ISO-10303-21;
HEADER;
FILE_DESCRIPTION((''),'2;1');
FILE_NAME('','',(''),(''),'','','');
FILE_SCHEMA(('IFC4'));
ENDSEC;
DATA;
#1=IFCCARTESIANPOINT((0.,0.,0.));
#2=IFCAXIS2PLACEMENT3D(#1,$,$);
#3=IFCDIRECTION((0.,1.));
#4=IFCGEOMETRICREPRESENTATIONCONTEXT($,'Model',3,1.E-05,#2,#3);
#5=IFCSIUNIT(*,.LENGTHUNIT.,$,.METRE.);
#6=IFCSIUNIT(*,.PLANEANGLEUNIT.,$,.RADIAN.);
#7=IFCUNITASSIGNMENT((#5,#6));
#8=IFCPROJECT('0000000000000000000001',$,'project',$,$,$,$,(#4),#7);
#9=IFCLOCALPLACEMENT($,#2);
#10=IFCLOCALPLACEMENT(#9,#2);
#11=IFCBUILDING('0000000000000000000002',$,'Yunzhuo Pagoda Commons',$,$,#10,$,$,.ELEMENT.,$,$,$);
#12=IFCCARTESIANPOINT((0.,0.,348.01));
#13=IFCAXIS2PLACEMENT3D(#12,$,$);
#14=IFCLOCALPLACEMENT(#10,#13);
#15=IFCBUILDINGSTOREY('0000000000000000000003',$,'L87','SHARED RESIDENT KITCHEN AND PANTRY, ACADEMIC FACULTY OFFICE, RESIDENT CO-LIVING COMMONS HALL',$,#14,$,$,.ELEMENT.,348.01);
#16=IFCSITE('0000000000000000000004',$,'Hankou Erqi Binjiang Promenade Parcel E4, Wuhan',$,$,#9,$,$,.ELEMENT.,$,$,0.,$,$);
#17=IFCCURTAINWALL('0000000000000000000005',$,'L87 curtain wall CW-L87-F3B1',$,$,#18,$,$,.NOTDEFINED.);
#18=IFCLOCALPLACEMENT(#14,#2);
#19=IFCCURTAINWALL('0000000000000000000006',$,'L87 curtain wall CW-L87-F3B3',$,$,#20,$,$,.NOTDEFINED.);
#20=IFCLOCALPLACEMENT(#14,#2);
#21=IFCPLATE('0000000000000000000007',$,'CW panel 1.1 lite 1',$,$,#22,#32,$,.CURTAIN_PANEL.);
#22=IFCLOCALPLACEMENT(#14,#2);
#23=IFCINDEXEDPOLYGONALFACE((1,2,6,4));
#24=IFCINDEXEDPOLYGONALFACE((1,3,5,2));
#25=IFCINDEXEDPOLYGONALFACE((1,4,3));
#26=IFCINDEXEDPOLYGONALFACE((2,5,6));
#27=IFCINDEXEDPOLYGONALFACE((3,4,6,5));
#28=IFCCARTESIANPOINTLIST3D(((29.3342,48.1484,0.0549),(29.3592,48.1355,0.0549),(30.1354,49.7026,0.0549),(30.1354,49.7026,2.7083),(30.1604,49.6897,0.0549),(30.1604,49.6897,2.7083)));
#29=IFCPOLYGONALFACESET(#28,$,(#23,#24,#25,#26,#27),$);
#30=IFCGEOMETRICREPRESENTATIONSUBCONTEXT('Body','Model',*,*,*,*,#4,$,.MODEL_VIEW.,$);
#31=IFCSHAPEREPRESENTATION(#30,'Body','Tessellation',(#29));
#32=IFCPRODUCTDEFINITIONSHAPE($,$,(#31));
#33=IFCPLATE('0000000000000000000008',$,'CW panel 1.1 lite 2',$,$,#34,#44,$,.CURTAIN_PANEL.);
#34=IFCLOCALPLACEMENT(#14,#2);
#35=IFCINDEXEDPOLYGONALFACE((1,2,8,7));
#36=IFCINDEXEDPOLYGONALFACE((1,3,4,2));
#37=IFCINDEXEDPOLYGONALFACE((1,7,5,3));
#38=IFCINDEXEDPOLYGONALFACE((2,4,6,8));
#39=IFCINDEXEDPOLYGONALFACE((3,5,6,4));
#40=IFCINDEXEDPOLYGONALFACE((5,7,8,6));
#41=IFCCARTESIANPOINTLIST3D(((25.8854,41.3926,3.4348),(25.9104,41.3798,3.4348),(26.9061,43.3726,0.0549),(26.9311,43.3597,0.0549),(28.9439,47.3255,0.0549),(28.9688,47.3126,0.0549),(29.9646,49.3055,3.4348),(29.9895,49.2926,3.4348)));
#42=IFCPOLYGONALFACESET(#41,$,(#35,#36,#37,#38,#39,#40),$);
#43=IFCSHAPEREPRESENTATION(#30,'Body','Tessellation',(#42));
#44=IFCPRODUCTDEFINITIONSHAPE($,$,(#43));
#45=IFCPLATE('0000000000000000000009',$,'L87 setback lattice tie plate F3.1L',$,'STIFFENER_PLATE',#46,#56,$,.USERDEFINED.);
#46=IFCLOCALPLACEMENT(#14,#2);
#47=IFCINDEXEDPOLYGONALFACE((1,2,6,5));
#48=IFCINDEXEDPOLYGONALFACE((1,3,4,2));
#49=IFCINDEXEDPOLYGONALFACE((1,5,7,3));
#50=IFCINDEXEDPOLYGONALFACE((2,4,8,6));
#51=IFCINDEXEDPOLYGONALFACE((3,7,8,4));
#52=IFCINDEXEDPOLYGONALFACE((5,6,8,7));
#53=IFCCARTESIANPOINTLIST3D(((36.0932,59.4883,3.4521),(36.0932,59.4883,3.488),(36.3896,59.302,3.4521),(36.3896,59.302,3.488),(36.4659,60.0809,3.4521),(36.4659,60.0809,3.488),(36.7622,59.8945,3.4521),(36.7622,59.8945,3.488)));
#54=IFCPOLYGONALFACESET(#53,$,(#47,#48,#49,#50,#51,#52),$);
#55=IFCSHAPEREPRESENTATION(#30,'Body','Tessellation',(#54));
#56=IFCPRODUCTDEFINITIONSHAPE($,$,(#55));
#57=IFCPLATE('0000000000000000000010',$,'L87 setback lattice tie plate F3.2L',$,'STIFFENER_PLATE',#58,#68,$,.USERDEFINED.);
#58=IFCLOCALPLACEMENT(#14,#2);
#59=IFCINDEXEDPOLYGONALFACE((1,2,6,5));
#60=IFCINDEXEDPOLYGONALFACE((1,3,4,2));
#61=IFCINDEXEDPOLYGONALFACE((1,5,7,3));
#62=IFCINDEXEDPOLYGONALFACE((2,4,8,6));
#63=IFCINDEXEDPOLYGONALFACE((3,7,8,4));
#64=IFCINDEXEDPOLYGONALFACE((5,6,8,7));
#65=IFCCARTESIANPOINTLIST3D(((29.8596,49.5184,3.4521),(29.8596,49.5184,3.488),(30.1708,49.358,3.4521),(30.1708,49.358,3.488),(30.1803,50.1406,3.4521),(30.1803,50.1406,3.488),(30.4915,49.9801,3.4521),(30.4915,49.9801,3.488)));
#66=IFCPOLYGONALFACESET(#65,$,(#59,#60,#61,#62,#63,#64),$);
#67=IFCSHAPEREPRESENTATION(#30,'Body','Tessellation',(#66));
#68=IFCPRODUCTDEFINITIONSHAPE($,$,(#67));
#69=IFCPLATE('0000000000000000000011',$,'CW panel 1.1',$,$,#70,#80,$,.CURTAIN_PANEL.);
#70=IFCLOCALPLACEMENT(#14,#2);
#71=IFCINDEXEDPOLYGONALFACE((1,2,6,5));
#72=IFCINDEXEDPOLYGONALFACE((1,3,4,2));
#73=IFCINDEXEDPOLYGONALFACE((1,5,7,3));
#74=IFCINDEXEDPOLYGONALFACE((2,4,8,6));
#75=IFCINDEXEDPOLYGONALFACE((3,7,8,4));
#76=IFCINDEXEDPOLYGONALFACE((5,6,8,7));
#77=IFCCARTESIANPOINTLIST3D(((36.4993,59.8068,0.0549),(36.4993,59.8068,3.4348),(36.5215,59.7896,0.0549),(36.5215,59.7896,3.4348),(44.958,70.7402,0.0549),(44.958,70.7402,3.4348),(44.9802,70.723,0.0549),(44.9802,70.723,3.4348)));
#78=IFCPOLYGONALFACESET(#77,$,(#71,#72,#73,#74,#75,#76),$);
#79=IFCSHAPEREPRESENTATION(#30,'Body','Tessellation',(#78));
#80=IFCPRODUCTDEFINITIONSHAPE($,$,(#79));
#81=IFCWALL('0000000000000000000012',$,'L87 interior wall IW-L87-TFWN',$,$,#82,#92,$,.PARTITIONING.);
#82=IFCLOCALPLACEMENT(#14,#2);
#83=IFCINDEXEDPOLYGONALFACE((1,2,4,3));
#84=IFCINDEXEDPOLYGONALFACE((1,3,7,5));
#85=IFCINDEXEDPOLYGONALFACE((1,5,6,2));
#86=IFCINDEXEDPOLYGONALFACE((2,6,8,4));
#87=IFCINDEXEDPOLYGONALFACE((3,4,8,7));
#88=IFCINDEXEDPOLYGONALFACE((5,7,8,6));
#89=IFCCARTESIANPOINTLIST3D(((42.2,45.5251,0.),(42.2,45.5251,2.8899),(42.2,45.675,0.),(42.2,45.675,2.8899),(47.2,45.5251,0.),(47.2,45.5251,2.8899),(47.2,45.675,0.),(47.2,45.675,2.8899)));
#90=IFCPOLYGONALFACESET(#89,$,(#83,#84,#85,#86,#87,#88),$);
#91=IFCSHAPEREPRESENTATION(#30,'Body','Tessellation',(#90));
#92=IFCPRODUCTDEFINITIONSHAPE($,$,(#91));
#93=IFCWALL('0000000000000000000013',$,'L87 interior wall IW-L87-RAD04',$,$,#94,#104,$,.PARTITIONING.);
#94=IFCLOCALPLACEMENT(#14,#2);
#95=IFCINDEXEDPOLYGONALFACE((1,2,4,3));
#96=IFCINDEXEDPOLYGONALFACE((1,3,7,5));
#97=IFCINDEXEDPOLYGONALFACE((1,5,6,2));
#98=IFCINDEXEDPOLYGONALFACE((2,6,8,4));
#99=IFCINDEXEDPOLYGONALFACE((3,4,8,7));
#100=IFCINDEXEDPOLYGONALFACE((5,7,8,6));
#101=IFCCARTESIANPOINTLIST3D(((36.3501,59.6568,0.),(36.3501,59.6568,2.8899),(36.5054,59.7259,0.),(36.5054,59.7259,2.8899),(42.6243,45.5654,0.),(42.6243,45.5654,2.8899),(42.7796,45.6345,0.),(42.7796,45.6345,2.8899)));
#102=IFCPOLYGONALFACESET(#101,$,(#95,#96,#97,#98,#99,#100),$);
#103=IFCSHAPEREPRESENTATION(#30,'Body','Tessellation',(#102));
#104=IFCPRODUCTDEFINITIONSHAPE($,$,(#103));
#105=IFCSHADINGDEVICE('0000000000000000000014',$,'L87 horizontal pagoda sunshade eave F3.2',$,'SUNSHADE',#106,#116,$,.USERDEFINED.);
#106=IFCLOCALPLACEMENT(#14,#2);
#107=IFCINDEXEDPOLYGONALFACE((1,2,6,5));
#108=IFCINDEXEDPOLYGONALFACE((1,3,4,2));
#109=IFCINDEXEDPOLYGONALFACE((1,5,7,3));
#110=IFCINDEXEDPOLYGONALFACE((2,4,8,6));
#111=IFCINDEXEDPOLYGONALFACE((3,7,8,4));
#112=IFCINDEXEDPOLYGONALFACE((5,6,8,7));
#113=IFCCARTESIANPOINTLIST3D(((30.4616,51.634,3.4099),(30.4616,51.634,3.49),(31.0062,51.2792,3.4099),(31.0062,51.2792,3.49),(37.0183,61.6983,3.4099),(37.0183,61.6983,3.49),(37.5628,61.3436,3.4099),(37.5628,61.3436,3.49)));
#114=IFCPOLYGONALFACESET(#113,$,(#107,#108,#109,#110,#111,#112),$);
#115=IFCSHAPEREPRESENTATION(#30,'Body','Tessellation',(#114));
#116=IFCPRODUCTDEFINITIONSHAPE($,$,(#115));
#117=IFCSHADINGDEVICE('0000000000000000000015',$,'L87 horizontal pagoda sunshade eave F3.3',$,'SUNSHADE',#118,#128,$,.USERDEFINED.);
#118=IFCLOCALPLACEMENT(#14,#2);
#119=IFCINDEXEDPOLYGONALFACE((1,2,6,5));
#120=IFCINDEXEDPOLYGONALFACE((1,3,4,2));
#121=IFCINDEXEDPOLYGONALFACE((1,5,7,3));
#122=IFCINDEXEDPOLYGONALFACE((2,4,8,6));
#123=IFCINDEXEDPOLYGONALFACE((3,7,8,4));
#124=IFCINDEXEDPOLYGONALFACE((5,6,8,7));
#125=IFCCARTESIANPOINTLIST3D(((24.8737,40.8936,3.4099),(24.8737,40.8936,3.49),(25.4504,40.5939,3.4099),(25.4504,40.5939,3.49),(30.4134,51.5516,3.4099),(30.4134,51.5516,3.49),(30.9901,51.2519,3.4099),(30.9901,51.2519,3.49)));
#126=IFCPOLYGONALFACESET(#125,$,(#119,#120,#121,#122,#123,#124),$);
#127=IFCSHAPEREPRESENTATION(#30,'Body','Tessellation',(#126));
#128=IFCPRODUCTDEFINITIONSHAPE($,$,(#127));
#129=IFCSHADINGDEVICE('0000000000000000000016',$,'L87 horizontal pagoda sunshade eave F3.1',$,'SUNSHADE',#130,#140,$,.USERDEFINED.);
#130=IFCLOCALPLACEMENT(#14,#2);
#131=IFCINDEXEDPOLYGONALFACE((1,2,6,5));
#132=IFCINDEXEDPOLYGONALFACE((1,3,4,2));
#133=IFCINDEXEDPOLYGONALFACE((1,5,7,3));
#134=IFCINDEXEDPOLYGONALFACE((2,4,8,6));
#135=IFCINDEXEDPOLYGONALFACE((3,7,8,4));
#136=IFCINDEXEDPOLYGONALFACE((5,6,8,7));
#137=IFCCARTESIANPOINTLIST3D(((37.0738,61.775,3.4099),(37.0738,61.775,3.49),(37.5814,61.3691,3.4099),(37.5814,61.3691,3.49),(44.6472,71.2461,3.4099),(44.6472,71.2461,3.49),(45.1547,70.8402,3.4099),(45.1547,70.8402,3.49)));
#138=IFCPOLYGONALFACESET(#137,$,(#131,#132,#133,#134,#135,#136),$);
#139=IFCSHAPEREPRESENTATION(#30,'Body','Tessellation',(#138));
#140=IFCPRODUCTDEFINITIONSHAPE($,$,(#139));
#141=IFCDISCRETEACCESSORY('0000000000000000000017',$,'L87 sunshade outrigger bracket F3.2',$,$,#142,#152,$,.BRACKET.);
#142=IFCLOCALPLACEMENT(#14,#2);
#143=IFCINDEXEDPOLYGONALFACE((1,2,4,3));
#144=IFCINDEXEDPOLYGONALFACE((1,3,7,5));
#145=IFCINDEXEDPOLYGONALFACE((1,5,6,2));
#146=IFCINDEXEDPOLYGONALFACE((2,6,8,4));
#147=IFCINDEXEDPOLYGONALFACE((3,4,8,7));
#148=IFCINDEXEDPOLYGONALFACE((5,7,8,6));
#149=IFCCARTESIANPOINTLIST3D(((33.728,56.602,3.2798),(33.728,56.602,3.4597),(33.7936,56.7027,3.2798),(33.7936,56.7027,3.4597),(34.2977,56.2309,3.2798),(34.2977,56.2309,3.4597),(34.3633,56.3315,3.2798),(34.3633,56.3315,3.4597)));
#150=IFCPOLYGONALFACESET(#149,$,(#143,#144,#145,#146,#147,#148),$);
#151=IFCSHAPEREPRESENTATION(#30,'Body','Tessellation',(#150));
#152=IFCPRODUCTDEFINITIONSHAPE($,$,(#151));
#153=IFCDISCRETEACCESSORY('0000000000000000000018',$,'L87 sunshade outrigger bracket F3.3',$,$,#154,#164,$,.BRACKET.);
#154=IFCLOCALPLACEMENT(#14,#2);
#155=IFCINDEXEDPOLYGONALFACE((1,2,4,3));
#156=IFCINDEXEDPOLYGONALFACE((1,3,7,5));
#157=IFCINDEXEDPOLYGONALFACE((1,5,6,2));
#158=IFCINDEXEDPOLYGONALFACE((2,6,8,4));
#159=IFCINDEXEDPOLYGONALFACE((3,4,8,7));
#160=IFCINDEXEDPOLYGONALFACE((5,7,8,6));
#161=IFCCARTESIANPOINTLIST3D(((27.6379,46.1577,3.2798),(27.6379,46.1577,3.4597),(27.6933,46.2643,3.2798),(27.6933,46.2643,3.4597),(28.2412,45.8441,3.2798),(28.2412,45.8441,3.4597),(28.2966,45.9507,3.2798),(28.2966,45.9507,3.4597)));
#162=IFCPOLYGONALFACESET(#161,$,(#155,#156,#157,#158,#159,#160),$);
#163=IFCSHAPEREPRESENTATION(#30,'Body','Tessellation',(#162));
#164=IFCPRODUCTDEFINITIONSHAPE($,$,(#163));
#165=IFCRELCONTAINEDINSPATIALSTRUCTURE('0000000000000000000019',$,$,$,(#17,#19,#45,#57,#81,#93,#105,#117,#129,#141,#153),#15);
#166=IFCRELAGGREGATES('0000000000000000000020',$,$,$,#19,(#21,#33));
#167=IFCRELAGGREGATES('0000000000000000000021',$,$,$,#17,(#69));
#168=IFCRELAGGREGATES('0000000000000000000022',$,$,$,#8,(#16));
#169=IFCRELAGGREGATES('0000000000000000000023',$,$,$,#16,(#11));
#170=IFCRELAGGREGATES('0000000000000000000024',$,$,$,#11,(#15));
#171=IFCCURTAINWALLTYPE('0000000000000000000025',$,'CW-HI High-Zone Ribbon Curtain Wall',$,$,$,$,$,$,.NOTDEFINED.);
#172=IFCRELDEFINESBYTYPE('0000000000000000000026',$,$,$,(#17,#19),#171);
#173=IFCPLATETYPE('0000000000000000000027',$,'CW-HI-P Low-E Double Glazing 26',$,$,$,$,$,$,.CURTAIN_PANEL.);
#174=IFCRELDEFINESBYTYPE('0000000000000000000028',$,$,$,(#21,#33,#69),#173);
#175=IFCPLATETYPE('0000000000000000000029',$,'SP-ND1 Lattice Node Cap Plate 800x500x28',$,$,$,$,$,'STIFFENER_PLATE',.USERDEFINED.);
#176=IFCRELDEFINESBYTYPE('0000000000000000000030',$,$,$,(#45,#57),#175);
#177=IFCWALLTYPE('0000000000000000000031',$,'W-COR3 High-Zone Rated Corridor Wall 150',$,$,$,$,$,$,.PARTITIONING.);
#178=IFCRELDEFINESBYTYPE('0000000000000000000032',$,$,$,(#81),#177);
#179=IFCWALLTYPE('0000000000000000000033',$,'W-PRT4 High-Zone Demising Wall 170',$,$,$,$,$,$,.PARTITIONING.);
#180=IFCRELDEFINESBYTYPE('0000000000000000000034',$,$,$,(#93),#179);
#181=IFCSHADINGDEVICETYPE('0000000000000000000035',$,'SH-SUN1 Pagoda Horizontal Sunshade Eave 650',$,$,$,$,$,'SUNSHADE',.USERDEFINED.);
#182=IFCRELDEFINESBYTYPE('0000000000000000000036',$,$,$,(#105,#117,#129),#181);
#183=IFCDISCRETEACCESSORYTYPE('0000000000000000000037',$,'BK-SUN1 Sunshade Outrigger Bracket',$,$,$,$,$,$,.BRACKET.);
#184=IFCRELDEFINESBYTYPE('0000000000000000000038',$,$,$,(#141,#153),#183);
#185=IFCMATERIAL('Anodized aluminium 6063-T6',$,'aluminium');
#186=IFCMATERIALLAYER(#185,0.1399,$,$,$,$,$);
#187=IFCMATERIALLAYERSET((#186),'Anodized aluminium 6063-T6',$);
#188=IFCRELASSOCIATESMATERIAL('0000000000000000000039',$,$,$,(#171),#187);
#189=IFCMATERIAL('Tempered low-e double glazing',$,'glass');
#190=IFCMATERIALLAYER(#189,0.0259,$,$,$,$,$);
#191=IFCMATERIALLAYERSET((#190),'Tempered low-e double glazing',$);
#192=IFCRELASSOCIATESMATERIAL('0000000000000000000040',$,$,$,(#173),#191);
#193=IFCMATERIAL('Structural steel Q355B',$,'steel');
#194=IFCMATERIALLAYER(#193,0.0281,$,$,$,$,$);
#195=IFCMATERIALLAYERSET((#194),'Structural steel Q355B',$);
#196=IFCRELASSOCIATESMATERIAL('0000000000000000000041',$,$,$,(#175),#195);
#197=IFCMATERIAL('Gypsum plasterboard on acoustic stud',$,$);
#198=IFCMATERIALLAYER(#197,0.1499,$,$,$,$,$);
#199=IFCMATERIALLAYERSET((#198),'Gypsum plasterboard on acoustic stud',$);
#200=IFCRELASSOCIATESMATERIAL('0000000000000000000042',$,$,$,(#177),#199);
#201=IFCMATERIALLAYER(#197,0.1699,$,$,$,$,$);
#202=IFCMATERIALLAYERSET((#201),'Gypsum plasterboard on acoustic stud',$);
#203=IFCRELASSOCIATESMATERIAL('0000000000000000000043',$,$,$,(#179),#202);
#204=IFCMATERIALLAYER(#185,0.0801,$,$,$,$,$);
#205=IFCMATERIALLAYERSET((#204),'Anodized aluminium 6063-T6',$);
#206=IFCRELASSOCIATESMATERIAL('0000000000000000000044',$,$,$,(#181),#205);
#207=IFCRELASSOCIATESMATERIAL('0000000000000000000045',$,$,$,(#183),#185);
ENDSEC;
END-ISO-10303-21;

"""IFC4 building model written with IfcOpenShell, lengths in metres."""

from ifc_helpers import new_model, si_unit, direction, frame, frame_2d, origin, origin_2d, place, context, subcontext, project, spatial, polyline, rectangle, outline, extrude, source, transform, mapped, material, layer, layer_set, type_object, element, aggregate, save


model = new_model("IFC4")

# Units and contexts
model_context = context("Model", 3, precision=1e-05, world=origin(), true_north=direction((0.0, 1.0)))
body_context = subcontext(model_context, "Body", "Model", "MODEL_VIEW")
ifc_project = project(units=[si_unit("LENGTHUNIT", "METRE"), si_unit("PLANEANGLEUNIT", "RADIAN")], contexts=[model_context])

# Site, building, storey
site_placement = place(None, origin())
site = spatial("IfcSite", under=ifc_project, at=site_placement, Name="Hankou Erqi Binjiang Promenade Parcel E4, Wuhan", CompositionType="ELEMENT", RefElevation=0.0)
building_placement = place(site_placement, origin())
building = spatial("IfcBuilding", under=site, at=building_placement, Name="Yunzhuo Pagoda Commons", CompositionType="ELEMENT")
storey_placement = place(building_placement, frame((0.0, 0.0, 348.01)))
storey = spatial("IfcBuildingStorey", under=building, at=storey_placement, Name="L87", Description="SHARED RESIDENT KITCHEN AND PANTRY, ACADEMIC FACULTY OFFICE, RESIDENT CO-LIVING COMMONS HALL", CompositionType="ELEMENT", Elevation=348.01)

# Shared definitions
ifc_material_1 = material(Name="Structural steel Q355B", Category="steel")

# Curtain walls
ifc_material_2 = material(Name="Anodized aluminium 6063-T6", Category="aluminium")
ifc_layer_1 = layer(ifc_material_2, 0.1399)
ifc_layer_set_1 = layer_set([ifc_layer_1], Name="Anodized aluminium 6063-T6")
curtain_wall_type = type_object("IfcCurtainWallType", Name="CW-HI High-Zone Ribbon Curtain Wall", PredefinedType="NOTDEFINED", material=ifc_layer_set_1)
curtain_wall_1_placement = place(storey_placement, origin())
curtain_wall_1 = element("IfcCurtainWall", 1, at=curtain_wall_1_placement, inside=storey, type_object=curtain_wall_type, Name="L87 curtain wall CW-L87-F3B1", PredefinedType="NOTDEFINED")
curtain_wall_2_placement = place(storey_placement, origin())
curtain_wall_2 = element("IfcCurtainWall", 2, at=curtain_wall_2_placement, inside=storey, type_object=curtain_wall_type, Name="L87 curtain wall CW-L87-F3B3", PredefinedType="NOTDEFINED")

# Plates
ifc_material_3 = material(Name="Tempered low-e double glazing", Category="glass")
ifc_layer_2 = layer(ifc_material_3, 0.0259)
ifc_layer_set_2 = layer_set([ifc_layer_2], Name="Tempered low-e double glazing")
plate_type_1 = type_object("IfcPlateType", Name="CW-HI-P Low-E Double Glazing 26", PredefinedType="CURTAIN_PANEL", material=ifc_layer_set_2)
plate_1_placement = place(storey_placement, frame((29.7598, 48.9126, 1.3816), z_axis=(-0.888846, 0.458207, 0.0), x_axis=(-0.458207, -0.888846, 0.0)))
plate_1 = element("IfcPlate", 3, at=plate_1_placement, type_object=plate_type_1, Name="CW panel 1.1 lite 1", PredefinedType="CURTAIN_PANEL", context=body_context, shape_type="SweptSolid", body=[
    extrude(outline(polyline([(-0.8743, -1.3267), (0.8743, -1.3267), (-0.8743, 1.3267), (-0.8743, -1.3267)])), origin(), (0.0, 0.0, 1.0), 0.0281),
])
plate_2_placement = place(storey_placement, frame((27.95, 45.3362, 1.7449), z_axis=(-0.888846, 0.458207, 0.0), x_axis=(-0.458207, -0.888846, 0.0)))
plate_2 = element("IfcPlate", 4, at=plate_2_placement, type_object=plate_type_1, Name="CW panel 1.1 lite 2", PredefinedType="CURTAIN_PANEL", context=body_context, shape_type="SweptSolid", body=[
    extrude(outline(polyline([(-4.4512, 1.6899), (-2.2236, -1.6899), (2.2236, -1.6899), (4.4512, 1.6899), (-4.4512, 1.6899)])), origin(), (0.0, 0.0, 1.0), 0.0281),
])
aggregate(curtain_wall_2, [plate_1, plate_2])

# Plates
ifc_layer_3 = layer(ifc_material_1, 0.0281)
ifc_layer_set_3 = layer_set([ifc_layer_3], Name="Structural steel Q355B")
plate_type_2 = type_object("IfcPlateType", Name="SP-ND1 Lattice Node Cap Plate 800x500x28", ElementType="STIFFENER_PLATE", PredefinedType="USERDEFINED", material=ifc_layer_set_3)
shared_shape_1 = source(origin(), body_context, "Body", "SweptSolid", [
    extrude(rectangle(XDim=0.7, YDim=0.3501, at=origin_2d()), origin(), (0.0, 0.0, 1.0), 0.0359),
])
for number, where, z_axis, x_axis, name in (
    (5, (36.4277, 59.6914, 3.4521), (0.0, 0.0, 1.0), (-0.532344, -0.846528, 0.0), "L87 setback lattice tie plate F3.1L"),
    (6, (30.1755, 49.7493, 3.4521), (0.0, 0.0, 1.0), (-0.4582, -0.888849, 0.0), "L87 setback lattice tie plate F3.2L"),
):
    element("IfcPlate", number, at=place(storey_placement, frame(where, z_axis=z_axis, x_axis=x_axis)), inside=storey, type_object=plate_type_2, Name=name, ObjectType="STIFFENER_PLATE", PredefinedType="USERDEFINED", context=body_context, shape_type="MappedRepresentation", body=[
        mapped(shared_shape_1, transform((0.0, 0.0, 0.0), scale=1.0)),
    ])

# Plate
shared_shape_2 = source(origin(), body_context, "Body", "SweptSolid", [
    extrude(rectangle(XDim=13.8235, YDim=0.0281, at=origin_2d()), origin(), (0.0, 0.0, 1.0), 3.3799),
])
plate_3_placement = place(storey_placement, frame((40.7397, 65.2649, 0.0549), z_axis=(0.0, 0.0, 1.0), x_axis=(-0.61191, -0.790927, 0.0)))
plate_3 = element("IfcPlate", 7, at=plate_3_placement, type_object=plate_type_1, Name="CW panel 1.1", PredefinedType="CURTAIN_PANEL", context=body_context, shape_type="MappedRepresentation", body=[
    mapped(shared_shape_2, transform((0.0, 0.0, 0.0), scale=1.0)),
])
aggregate(curtain_wall_1, [plate_3])

# Walls
ifc_material_4 = material(Name="Gypsum plasterboard on acoustic stud")
ifc_layer_4 = layer(ifc_material_4, 0.1499)
ifc_layer_set_4 = layer_set([ifc_layer_4], Name="Gypsum plasterboard on acoustic stud")
wall_type_1 = type_object("IfcWallType", Name="W-COR3 High-Zone Rated Corridor Wall 150", PredefinedType="PARTITIONING", material=ifc_layer_set_4)
wall_1_placement = place(storey_placement, frame((42.2, 45.6001, 0.0), z_axis=(0.0, 0.0, 1.0), x_axis=(1.0, 0.0, 0.0)))
element("IfcWall", 8, at=wall_1_placement, inside=storey, type_object=wall_type_1, Name="L87 interior wall IW-L87-TFWN", PredefinedType="PARTITIONING", context=body_context, shape_type="SweptSolid", body=[
    extrude(rectangle(XDim=5.0, YDim=0.1499, at=frame_2d((2.5, 0.0))), origin(), (0.0, 0.0, 1.0), 2.8899),
])
ifc_layer_5 = layer(ifc_material_4, 0.1699)
ifc_layer_set_5 = layer_set([ifc_layer_5], Name="Gypsum plasterboard on acoustic stud")
wall_type_2 = type_object("IfcWallType", Name="W-PRT4 High-Zone Demising Wall 170", PredefinedType="PARTITIONING", material=ifc_layer_set_5)
wall_2_placement = place(storey_placement, frame((42.7019, 45.6001, 0.0), z_axis=(0.0, 0.0, 1.0), x_axis=(-0.406754, 0.913538, 0.0)))
element("IfcWall", 9, at=wall_2_placement, inside=storey, type_object=wall_type_2, Name="L87 interior wall IW-L87-RAD04", PredefinedType="PARTITIONING", context=body_context, shape_type="SweptSolid", body=[
    extrude(rectangle(XDim=15.425, YDim=0.1699, at=frame_2d((7.7124, 0.0))), origin(), (0.0, 0.0, 1.0), 2.8899),
])

# Shading devices
ifc_layer_6 = layer(ifc_material_2, 0.0801)
ifc_layer_set_6 = layer_set([ifc_layer_6], Name="Anodized aluminium 6063-T6")
shading_device_type = type_object("IfcShadingDeviceType", Name="SH-SUN1 Pagoda Horizontal Sunshade Eave 650", ElementType="SUNSHADE", PredefinedType="USERDEFINED", material=ifc_layer_set_6)
shared_shape_3 = source(origin(), body_context, "Body", "SweptSolid", [
    extrude(rectangle(XDim=12.0117, YDim=0.6499, at=origin_2d()), origin(), (0.0, 0.0, 1.0), 0.0801),
])
for number, where, z_axis, x_axis, name in (
    (10, (34.0122, 56.4888, 3.4099), (0.0, 0.0, 1.0), (-0.545853, -0.837881, 0.0), "L87 horizontal pagoda sunshade eave F3.2"),
    (11, (27.9319, 46.0728, 3.4099), (0.0, 0.0, 1.0), (-0.461191, -0.887301, 0.0), "L87 horizontal pagoda sunshade eave F3.3"),
):
    element("IfcShadingDevice", number, at=place(storey_placement, frame(where, z_axis=z_axis, x_axis=x_axis)), inside=storey, type_object=shading_device_type, Name=name, ObjectType="SUNSHADE", PredefinedType="USERDEFINED", context=body_context, shape_type="MappedRepresentation", body=[
        mapped(shared_shape_3, transform((0.0, 0.0, 0.0), scale=1.0)),
    ])
shared_shape_4 = source(origin(), body_context, "Body", "SweptSolid", [
    extrude(rectangle(XDim=12.1267, YDim=0.6499, at=origin_2d()), origin(), (0.0, 0.0, 1.0), 0.0801),
])
shading_device_placement = place(storey_placement, frame((41.1143, 66.3076, 3.4099), z_axis=(0.0, 0.0, 1.0), x_axis=(-0.62452, -0.781008, 0.0)))
element("IfcShadingDevice", 12, at=shading_device_placement, inside=storey, type_object=shading_device_type, Name="L87 horizontal pagoda sunshade eave F3.1", ObjectType="SUNSHADE", PredefinedType="USERDEFINED", context=body_context, shape_type="MappedRepresentation", body=[
    mapped(shared_shape_4, transform((0.0, 0.0, 0.0), scale=1.0)),
])

# Discrete accessories
discrete_accessory_type = type_object("IfcDiscreteAccessoryType", Name="BK-SUN1 Sunshade Outrigger Bracket", PredefinedType="BRACKET", material=ifc_material_2)
shared_shape_5 = source(origin(), body_context, "Body", "SweptSolid", [
    extrude(rectangle(XDim=0.1201, YDim=0.6799, at=origin_2d()), origin(), (0.0, 0.0, 1.0), 0.1799),
])
for number, where, z_axis, x_axis, name in (
    (13, (34.0457, 56.4668, 3.2798), (0.0, 0.0, 1.0), (-0.545853, -0.837881, 0.0), "L87 sunshade outrigger bracket F3.2"),
    (14, (27.9673, 46.0542, 3.2798), (0.0, 0.0, 1.0), (-0.461191, -0.887301, 0.0), "L87 sunshade outrigger bracket F3.3"),
):
    element("IfcDiscreteAccessory", number, at=place(storey_placement, frame(where, z_axis=z_axis, x_axis=x_axis)), inside=storey, type_object=discrete_accessory_type, Name=name, PredefinedType="BRACKET", context=body_context, shape_type="MappedRepresentation", body=[
        mapped(shared_shape_5, transform((0.0, 0.0, 0.0), scale=1.0)),
    ])

save(model, "model.ifc")
